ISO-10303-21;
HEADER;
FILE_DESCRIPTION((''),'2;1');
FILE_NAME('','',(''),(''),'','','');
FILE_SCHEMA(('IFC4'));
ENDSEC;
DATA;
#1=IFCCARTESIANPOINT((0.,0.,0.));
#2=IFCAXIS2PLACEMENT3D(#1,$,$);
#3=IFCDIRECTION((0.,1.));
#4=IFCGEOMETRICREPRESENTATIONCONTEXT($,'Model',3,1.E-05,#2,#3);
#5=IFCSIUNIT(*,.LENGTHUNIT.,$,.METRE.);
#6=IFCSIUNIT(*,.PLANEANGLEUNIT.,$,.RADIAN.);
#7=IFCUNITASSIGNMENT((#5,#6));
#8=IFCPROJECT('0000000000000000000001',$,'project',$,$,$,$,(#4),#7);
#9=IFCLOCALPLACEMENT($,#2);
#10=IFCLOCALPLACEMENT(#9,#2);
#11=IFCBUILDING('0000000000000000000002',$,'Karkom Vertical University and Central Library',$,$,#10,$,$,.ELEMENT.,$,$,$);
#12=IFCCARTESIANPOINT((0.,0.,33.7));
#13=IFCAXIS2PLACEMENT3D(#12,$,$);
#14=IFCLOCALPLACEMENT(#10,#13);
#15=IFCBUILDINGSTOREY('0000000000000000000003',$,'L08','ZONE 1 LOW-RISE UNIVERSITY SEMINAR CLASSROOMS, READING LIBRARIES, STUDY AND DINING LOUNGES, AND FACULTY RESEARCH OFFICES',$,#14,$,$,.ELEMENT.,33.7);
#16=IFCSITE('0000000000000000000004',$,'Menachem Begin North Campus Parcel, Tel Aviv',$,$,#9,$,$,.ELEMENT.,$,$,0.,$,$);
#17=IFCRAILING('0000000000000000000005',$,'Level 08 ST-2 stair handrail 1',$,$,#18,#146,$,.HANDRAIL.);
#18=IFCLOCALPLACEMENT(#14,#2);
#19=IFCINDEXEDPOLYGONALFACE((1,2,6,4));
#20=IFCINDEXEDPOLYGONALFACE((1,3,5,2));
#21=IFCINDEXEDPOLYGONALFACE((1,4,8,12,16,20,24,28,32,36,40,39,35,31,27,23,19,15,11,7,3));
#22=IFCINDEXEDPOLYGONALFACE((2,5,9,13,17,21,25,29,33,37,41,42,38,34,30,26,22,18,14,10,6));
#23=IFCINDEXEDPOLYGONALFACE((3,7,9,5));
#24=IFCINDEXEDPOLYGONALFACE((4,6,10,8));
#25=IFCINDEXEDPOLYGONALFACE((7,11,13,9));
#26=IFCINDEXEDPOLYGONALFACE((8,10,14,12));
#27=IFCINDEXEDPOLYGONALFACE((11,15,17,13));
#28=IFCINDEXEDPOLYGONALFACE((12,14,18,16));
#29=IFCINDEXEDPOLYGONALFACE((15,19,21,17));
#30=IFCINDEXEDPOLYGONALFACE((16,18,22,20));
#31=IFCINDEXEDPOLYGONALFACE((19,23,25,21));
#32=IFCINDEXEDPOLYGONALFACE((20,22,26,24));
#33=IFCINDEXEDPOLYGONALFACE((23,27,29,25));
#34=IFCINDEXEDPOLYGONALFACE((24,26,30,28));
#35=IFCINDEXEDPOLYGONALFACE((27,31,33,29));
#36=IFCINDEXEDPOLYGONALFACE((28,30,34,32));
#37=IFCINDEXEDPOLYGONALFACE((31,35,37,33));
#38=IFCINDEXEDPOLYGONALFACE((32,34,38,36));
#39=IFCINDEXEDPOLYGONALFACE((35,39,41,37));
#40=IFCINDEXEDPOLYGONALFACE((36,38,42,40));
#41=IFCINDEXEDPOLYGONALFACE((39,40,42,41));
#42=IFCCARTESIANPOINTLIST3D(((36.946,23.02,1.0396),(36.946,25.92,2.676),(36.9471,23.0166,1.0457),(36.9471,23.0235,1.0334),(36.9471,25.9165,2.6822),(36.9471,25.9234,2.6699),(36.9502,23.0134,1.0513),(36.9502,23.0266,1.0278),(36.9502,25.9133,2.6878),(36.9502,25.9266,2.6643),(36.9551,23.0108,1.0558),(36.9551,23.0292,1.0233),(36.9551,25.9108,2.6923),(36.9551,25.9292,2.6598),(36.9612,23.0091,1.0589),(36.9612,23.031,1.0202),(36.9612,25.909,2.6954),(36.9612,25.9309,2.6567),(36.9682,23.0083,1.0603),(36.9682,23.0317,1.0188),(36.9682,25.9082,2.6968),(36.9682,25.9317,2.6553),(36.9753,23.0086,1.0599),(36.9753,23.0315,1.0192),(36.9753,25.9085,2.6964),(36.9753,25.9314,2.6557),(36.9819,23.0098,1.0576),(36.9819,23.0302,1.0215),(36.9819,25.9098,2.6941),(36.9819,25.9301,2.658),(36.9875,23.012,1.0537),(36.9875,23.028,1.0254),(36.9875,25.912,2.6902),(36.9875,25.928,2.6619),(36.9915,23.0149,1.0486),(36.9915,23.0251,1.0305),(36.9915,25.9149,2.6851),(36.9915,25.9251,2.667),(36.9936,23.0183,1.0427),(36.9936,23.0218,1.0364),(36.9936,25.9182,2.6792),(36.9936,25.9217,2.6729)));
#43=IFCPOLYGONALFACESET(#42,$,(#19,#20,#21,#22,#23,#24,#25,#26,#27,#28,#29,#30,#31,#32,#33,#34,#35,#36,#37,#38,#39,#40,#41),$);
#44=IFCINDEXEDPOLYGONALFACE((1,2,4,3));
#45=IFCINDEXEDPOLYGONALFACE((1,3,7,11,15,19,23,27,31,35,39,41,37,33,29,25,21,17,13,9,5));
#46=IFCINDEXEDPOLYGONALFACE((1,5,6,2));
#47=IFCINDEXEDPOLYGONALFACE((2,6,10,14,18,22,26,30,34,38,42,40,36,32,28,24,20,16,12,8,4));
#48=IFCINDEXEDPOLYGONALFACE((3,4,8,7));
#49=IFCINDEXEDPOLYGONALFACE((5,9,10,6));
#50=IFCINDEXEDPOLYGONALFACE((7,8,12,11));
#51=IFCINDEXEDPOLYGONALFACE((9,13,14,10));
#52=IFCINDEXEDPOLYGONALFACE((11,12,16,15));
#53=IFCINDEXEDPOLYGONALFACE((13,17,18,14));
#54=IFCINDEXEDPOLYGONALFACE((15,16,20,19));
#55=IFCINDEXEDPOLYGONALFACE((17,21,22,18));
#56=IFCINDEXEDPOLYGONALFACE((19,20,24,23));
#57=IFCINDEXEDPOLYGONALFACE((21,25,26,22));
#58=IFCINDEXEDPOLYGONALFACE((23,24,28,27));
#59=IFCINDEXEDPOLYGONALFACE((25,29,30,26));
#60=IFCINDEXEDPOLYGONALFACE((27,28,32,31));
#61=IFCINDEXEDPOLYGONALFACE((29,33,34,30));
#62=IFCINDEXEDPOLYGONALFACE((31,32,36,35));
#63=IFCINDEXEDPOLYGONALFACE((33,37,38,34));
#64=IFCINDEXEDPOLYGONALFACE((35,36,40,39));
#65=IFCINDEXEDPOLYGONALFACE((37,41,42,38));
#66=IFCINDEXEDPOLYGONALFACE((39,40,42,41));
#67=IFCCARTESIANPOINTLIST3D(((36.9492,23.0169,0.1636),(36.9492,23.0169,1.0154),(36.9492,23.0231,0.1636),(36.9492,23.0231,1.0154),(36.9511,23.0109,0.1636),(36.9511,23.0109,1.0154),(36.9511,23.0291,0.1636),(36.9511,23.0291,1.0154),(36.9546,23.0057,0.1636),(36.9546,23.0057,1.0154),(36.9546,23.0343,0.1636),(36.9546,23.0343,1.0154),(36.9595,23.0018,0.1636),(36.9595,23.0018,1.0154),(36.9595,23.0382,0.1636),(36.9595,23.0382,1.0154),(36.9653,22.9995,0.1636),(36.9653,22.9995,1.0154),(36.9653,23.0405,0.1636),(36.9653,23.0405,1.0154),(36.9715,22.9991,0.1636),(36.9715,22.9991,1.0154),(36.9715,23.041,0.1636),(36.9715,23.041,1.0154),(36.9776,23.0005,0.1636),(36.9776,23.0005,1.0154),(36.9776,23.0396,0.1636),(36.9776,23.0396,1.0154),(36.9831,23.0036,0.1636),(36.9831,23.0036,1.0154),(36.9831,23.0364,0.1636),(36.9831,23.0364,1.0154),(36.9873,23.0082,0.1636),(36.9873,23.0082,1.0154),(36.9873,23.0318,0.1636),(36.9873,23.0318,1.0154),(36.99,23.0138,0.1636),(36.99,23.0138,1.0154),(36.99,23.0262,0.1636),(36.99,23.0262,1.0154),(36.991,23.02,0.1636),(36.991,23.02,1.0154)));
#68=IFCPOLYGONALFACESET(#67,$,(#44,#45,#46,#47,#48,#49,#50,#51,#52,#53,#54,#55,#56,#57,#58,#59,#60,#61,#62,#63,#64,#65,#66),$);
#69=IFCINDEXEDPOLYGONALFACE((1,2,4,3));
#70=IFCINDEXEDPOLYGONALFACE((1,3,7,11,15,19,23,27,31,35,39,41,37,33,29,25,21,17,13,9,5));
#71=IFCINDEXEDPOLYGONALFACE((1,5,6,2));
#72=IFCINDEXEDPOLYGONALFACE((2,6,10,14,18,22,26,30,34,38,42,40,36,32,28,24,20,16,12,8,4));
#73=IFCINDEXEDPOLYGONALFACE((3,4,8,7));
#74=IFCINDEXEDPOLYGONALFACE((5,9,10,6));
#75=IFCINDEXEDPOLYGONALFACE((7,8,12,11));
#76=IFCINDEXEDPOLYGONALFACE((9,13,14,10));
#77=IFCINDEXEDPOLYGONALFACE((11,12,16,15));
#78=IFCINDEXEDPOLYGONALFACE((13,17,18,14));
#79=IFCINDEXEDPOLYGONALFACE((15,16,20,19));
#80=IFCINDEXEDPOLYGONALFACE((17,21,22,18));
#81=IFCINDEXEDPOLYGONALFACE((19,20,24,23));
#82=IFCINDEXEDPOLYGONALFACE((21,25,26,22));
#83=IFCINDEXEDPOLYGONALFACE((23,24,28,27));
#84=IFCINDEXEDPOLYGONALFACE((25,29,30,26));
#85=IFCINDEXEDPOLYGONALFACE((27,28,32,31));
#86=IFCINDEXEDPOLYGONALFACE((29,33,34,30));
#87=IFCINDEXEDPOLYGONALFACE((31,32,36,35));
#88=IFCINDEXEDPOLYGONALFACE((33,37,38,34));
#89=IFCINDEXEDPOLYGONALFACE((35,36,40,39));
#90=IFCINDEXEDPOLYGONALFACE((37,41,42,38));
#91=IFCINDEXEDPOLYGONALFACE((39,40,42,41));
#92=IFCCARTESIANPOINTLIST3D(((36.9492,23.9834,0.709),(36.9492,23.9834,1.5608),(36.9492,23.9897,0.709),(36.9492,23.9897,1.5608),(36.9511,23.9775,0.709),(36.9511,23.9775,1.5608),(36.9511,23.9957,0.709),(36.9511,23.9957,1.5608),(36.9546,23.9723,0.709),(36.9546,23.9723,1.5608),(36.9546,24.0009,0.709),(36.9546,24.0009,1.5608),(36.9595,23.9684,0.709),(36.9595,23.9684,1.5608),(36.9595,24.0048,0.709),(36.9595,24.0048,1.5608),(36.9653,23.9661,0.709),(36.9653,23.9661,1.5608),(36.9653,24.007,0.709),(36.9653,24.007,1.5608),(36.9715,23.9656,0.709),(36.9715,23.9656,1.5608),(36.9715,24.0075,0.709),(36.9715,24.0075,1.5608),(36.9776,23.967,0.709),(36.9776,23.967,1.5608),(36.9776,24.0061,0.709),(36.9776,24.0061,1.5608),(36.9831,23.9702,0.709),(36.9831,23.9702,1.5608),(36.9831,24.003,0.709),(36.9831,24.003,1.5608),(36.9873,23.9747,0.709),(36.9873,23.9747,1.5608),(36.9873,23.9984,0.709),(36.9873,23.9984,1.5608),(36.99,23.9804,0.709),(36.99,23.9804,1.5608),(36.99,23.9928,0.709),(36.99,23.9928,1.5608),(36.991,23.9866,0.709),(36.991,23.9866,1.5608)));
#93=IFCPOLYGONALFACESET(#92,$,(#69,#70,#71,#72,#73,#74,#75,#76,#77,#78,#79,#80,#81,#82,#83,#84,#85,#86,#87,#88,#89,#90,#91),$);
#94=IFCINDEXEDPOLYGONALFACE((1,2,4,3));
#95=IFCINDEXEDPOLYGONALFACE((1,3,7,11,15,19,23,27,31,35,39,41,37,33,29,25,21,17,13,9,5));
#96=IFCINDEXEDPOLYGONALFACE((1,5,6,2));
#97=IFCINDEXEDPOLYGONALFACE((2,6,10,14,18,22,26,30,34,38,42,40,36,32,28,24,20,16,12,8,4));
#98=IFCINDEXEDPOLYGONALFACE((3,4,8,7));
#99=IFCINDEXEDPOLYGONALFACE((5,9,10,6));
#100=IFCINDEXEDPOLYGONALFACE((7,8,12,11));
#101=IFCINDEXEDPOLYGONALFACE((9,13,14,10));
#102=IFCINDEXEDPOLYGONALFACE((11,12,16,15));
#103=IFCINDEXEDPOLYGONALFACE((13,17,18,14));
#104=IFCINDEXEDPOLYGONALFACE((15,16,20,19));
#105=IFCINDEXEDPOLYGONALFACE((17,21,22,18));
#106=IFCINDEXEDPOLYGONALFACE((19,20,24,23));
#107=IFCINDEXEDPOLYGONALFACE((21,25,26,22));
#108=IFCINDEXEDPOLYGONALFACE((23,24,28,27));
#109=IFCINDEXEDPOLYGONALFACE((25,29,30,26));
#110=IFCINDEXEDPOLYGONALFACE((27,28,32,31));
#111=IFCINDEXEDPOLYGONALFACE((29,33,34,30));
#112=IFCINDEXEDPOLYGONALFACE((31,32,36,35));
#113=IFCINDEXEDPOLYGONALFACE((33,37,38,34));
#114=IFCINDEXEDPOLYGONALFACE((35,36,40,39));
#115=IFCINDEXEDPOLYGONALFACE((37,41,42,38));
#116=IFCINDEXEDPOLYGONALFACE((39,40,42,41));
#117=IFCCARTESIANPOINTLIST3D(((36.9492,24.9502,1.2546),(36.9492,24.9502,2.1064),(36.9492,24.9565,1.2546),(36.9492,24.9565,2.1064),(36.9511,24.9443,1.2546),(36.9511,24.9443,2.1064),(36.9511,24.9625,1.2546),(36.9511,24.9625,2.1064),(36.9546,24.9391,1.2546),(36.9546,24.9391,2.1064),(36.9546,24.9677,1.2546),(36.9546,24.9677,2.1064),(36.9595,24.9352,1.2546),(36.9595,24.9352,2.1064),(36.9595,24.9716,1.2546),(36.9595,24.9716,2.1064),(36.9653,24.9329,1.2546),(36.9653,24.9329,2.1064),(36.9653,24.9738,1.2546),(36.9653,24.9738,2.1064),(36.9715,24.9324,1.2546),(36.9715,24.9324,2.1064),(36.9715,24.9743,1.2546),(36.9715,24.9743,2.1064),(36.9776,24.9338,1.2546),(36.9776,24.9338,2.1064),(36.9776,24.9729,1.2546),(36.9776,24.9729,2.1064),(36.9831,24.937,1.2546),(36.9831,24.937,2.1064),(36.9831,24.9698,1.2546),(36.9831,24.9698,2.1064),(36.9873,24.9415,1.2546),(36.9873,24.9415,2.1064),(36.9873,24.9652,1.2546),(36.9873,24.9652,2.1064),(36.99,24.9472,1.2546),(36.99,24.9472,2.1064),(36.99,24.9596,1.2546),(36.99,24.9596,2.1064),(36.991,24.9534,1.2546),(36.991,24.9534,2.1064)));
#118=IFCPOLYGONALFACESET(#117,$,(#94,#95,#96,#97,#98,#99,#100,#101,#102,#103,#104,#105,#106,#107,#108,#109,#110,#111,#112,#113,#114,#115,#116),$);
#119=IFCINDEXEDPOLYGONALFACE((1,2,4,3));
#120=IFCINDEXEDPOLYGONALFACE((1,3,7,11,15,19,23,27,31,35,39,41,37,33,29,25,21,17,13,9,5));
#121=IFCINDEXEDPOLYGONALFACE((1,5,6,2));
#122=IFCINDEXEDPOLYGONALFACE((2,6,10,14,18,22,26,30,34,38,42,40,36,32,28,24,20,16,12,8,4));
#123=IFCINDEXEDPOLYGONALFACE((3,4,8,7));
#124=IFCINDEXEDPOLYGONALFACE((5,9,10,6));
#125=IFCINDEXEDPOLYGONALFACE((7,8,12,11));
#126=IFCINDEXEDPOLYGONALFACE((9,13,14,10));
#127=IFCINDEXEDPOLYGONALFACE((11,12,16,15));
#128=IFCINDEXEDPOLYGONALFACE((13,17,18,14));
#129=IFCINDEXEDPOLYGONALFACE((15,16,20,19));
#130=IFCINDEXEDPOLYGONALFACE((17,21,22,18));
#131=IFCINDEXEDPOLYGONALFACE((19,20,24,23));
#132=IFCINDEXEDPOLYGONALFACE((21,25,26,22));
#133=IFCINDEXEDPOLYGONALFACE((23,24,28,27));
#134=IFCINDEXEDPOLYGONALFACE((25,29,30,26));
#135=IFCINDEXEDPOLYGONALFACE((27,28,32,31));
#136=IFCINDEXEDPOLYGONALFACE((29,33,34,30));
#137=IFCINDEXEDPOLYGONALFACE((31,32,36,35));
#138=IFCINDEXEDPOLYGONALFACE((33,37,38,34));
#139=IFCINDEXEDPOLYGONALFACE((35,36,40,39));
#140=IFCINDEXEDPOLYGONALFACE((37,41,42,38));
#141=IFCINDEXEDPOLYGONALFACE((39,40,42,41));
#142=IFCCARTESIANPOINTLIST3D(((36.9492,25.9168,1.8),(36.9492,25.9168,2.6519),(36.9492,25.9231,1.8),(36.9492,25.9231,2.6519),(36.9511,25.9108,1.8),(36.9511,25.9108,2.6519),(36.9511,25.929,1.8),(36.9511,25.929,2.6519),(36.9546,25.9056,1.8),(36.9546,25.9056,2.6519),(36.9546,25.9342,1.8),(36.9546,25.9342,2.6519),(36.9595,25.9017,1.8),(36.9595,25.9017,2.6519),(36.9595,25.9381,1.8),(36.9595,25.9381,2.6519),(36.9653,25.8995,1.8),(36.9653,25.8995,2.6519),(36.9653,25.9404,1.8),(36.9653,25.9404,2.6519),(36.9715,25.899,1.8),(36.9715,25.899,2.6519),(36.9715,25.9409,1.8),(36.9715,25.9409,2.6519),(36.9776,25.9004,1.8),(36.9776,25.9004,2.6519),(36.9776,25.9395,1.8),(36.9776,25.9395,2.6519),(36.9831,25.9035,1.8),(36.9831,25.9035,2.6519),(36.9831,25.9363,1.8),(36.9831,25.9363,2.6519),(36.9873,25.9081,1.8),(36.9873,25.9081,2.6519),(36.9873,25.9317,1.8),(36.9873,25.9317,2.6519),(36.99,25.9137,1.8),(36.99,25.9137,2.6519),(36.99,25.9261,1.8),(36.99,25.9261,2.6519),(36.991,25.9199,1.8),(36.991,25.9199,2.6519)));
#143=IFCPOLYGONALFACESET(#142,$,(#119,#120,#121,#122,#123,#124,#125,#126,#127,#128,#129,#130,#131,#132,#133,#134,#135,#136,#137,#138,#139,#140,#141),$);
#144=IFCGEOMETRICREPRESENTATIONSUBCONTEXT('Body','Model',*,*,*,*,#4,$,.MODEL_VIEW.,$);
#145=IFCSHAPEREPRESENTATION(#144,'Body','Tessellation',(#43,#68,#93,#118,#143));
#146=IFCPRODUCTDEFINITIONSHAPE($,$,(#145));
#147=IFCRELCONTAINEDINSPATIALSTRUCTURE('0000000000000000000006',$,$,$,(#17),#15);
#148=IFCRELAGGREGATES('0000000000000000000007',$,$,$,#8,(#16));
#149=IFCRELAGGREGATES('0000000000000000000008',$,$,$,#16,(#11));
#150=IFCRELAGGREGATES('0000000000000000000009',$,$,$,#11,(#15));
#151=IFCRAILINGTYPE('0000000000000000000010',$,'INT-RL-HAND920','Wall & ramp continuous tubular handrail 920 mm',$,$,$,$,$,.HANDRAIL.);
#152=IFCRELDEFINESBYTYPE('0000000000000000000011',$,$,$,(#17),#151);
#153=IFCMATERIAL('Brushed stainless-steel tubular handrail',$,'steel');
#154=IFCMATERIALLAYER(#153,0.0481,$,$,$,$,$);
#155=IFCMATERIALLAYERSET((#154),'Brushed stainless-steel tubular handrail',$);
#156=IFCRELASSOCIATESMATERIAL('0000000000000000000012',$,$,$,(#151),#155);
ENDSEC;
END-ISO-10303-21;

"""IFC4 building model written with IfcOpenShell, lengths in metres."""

from ifc_helpers import new_model, si_unit, direction, frame, origin, origin_2d, place, context, subcontext, project, spatial, circle, extrude, material, layer, layer_set, type_object, element, save


model = new_model("IFC4")

# Units and contexts
model_context = context("Model", 3, precision=1e-05, world=origin(), true_north=direction((0.0, 1.0)))
body_context = subcontext(model_context, "Body", "Model", "MODEL_VIEW")
ifc_project = project(units=[si_unit("LENGTHUNIT", "METRE"), si_unit("PLANEANGLEUNIT", "RADIAN")], contexts=[model_context])

# Site, building, storey
site_placement = place(None, origin())
site = spatial("IfcSite", under=ifc_project, at=site_placement, Name="Menachem Begin North Campus Parcel, Tel Aviv", CompositionType="ELEMENT", RefElevation=0.0)
building_placement = place(site_placement, origin())
building = spatial("IfcBuilding", under=site, at=building_placement, Name="Karkom Vertical University and Central Library", CompositionType="ELEMENT")
storey_placement = place(building_placement, frame((0.0, 0.0, 33.7)))
storey = spatial("IfcBuildingStorey", under=building, at=storey_placement, Name="L08", Description="ZONE 1 LOW-RISE UNIVERSITY SEMINAR CLASSROOMS, READING LIBRARIES, STUDY AND DINING LOUNGES, AND FACULTY RESEARCH OFFICES", CompositionType="ELEMENT", Elevation=33.7)

# Railing
ifc_material_1 = material(Name="Brushed stainless-steel tubular handrail", Category="steel")
ifc_layer_1 = layer(ifc_material_1, 0.0481)
ifc_layer_set_1 = layer_set([ifc_layer_1], Name="Brushed stainless-steel tubular handrail")
railing_type = type_object("IfcRailingType", Name="INT-RL-HAND920", Description="Wall & ramp continuous tubular handrail 920 mm", PredefinedType="HANDRAIL", material=ifc_layer_set_1)
railing_placement = place(storey_placement, frame((36.97, 23.02, 0.1636)))
element("IfcRailing", 1, at=railing_placement, inside=storey, type_object=railing_type, Name="Level 08 ST-2 stair handrail 1", PredefinedType="HANDRAIL", context=body_context, shape_type="SweptSolid", body=[
    extrude(circle(Radius=0.0239, at=origin_2d()), frame((0.0, 0.0, 0.876), z_axis=(0.0, 0.870897, 0.491465), x_axis=(-1.0, 0.0, 0.0)), (0.0, 0.0, 1.0), 3.3298),
    extrude(circle(Radius=0.021, at=origin_2d()), origin(), (0.0, 0.0, 1.0), 0.8518),
    extrude(circle(Radius=0.021, at=origin_2d()), frame((0.0, 0.9666, 0.5454)), (0.0, 0.0, 1.0), 0.8518),
    extrude(circle(Radius=0.021, at=origin_2d()), frame((0.0, 1.9333, 1.0911)), (0.0, 0.0, 1.0), 0.8518),
    extrude(circle(Radius=0.021, at=origin_2d()), frame((0.0, 2.8999, 1.6365)), (0.0, 0.0, 1.0), 0.8518),
])

save(model, "model.ifc")
